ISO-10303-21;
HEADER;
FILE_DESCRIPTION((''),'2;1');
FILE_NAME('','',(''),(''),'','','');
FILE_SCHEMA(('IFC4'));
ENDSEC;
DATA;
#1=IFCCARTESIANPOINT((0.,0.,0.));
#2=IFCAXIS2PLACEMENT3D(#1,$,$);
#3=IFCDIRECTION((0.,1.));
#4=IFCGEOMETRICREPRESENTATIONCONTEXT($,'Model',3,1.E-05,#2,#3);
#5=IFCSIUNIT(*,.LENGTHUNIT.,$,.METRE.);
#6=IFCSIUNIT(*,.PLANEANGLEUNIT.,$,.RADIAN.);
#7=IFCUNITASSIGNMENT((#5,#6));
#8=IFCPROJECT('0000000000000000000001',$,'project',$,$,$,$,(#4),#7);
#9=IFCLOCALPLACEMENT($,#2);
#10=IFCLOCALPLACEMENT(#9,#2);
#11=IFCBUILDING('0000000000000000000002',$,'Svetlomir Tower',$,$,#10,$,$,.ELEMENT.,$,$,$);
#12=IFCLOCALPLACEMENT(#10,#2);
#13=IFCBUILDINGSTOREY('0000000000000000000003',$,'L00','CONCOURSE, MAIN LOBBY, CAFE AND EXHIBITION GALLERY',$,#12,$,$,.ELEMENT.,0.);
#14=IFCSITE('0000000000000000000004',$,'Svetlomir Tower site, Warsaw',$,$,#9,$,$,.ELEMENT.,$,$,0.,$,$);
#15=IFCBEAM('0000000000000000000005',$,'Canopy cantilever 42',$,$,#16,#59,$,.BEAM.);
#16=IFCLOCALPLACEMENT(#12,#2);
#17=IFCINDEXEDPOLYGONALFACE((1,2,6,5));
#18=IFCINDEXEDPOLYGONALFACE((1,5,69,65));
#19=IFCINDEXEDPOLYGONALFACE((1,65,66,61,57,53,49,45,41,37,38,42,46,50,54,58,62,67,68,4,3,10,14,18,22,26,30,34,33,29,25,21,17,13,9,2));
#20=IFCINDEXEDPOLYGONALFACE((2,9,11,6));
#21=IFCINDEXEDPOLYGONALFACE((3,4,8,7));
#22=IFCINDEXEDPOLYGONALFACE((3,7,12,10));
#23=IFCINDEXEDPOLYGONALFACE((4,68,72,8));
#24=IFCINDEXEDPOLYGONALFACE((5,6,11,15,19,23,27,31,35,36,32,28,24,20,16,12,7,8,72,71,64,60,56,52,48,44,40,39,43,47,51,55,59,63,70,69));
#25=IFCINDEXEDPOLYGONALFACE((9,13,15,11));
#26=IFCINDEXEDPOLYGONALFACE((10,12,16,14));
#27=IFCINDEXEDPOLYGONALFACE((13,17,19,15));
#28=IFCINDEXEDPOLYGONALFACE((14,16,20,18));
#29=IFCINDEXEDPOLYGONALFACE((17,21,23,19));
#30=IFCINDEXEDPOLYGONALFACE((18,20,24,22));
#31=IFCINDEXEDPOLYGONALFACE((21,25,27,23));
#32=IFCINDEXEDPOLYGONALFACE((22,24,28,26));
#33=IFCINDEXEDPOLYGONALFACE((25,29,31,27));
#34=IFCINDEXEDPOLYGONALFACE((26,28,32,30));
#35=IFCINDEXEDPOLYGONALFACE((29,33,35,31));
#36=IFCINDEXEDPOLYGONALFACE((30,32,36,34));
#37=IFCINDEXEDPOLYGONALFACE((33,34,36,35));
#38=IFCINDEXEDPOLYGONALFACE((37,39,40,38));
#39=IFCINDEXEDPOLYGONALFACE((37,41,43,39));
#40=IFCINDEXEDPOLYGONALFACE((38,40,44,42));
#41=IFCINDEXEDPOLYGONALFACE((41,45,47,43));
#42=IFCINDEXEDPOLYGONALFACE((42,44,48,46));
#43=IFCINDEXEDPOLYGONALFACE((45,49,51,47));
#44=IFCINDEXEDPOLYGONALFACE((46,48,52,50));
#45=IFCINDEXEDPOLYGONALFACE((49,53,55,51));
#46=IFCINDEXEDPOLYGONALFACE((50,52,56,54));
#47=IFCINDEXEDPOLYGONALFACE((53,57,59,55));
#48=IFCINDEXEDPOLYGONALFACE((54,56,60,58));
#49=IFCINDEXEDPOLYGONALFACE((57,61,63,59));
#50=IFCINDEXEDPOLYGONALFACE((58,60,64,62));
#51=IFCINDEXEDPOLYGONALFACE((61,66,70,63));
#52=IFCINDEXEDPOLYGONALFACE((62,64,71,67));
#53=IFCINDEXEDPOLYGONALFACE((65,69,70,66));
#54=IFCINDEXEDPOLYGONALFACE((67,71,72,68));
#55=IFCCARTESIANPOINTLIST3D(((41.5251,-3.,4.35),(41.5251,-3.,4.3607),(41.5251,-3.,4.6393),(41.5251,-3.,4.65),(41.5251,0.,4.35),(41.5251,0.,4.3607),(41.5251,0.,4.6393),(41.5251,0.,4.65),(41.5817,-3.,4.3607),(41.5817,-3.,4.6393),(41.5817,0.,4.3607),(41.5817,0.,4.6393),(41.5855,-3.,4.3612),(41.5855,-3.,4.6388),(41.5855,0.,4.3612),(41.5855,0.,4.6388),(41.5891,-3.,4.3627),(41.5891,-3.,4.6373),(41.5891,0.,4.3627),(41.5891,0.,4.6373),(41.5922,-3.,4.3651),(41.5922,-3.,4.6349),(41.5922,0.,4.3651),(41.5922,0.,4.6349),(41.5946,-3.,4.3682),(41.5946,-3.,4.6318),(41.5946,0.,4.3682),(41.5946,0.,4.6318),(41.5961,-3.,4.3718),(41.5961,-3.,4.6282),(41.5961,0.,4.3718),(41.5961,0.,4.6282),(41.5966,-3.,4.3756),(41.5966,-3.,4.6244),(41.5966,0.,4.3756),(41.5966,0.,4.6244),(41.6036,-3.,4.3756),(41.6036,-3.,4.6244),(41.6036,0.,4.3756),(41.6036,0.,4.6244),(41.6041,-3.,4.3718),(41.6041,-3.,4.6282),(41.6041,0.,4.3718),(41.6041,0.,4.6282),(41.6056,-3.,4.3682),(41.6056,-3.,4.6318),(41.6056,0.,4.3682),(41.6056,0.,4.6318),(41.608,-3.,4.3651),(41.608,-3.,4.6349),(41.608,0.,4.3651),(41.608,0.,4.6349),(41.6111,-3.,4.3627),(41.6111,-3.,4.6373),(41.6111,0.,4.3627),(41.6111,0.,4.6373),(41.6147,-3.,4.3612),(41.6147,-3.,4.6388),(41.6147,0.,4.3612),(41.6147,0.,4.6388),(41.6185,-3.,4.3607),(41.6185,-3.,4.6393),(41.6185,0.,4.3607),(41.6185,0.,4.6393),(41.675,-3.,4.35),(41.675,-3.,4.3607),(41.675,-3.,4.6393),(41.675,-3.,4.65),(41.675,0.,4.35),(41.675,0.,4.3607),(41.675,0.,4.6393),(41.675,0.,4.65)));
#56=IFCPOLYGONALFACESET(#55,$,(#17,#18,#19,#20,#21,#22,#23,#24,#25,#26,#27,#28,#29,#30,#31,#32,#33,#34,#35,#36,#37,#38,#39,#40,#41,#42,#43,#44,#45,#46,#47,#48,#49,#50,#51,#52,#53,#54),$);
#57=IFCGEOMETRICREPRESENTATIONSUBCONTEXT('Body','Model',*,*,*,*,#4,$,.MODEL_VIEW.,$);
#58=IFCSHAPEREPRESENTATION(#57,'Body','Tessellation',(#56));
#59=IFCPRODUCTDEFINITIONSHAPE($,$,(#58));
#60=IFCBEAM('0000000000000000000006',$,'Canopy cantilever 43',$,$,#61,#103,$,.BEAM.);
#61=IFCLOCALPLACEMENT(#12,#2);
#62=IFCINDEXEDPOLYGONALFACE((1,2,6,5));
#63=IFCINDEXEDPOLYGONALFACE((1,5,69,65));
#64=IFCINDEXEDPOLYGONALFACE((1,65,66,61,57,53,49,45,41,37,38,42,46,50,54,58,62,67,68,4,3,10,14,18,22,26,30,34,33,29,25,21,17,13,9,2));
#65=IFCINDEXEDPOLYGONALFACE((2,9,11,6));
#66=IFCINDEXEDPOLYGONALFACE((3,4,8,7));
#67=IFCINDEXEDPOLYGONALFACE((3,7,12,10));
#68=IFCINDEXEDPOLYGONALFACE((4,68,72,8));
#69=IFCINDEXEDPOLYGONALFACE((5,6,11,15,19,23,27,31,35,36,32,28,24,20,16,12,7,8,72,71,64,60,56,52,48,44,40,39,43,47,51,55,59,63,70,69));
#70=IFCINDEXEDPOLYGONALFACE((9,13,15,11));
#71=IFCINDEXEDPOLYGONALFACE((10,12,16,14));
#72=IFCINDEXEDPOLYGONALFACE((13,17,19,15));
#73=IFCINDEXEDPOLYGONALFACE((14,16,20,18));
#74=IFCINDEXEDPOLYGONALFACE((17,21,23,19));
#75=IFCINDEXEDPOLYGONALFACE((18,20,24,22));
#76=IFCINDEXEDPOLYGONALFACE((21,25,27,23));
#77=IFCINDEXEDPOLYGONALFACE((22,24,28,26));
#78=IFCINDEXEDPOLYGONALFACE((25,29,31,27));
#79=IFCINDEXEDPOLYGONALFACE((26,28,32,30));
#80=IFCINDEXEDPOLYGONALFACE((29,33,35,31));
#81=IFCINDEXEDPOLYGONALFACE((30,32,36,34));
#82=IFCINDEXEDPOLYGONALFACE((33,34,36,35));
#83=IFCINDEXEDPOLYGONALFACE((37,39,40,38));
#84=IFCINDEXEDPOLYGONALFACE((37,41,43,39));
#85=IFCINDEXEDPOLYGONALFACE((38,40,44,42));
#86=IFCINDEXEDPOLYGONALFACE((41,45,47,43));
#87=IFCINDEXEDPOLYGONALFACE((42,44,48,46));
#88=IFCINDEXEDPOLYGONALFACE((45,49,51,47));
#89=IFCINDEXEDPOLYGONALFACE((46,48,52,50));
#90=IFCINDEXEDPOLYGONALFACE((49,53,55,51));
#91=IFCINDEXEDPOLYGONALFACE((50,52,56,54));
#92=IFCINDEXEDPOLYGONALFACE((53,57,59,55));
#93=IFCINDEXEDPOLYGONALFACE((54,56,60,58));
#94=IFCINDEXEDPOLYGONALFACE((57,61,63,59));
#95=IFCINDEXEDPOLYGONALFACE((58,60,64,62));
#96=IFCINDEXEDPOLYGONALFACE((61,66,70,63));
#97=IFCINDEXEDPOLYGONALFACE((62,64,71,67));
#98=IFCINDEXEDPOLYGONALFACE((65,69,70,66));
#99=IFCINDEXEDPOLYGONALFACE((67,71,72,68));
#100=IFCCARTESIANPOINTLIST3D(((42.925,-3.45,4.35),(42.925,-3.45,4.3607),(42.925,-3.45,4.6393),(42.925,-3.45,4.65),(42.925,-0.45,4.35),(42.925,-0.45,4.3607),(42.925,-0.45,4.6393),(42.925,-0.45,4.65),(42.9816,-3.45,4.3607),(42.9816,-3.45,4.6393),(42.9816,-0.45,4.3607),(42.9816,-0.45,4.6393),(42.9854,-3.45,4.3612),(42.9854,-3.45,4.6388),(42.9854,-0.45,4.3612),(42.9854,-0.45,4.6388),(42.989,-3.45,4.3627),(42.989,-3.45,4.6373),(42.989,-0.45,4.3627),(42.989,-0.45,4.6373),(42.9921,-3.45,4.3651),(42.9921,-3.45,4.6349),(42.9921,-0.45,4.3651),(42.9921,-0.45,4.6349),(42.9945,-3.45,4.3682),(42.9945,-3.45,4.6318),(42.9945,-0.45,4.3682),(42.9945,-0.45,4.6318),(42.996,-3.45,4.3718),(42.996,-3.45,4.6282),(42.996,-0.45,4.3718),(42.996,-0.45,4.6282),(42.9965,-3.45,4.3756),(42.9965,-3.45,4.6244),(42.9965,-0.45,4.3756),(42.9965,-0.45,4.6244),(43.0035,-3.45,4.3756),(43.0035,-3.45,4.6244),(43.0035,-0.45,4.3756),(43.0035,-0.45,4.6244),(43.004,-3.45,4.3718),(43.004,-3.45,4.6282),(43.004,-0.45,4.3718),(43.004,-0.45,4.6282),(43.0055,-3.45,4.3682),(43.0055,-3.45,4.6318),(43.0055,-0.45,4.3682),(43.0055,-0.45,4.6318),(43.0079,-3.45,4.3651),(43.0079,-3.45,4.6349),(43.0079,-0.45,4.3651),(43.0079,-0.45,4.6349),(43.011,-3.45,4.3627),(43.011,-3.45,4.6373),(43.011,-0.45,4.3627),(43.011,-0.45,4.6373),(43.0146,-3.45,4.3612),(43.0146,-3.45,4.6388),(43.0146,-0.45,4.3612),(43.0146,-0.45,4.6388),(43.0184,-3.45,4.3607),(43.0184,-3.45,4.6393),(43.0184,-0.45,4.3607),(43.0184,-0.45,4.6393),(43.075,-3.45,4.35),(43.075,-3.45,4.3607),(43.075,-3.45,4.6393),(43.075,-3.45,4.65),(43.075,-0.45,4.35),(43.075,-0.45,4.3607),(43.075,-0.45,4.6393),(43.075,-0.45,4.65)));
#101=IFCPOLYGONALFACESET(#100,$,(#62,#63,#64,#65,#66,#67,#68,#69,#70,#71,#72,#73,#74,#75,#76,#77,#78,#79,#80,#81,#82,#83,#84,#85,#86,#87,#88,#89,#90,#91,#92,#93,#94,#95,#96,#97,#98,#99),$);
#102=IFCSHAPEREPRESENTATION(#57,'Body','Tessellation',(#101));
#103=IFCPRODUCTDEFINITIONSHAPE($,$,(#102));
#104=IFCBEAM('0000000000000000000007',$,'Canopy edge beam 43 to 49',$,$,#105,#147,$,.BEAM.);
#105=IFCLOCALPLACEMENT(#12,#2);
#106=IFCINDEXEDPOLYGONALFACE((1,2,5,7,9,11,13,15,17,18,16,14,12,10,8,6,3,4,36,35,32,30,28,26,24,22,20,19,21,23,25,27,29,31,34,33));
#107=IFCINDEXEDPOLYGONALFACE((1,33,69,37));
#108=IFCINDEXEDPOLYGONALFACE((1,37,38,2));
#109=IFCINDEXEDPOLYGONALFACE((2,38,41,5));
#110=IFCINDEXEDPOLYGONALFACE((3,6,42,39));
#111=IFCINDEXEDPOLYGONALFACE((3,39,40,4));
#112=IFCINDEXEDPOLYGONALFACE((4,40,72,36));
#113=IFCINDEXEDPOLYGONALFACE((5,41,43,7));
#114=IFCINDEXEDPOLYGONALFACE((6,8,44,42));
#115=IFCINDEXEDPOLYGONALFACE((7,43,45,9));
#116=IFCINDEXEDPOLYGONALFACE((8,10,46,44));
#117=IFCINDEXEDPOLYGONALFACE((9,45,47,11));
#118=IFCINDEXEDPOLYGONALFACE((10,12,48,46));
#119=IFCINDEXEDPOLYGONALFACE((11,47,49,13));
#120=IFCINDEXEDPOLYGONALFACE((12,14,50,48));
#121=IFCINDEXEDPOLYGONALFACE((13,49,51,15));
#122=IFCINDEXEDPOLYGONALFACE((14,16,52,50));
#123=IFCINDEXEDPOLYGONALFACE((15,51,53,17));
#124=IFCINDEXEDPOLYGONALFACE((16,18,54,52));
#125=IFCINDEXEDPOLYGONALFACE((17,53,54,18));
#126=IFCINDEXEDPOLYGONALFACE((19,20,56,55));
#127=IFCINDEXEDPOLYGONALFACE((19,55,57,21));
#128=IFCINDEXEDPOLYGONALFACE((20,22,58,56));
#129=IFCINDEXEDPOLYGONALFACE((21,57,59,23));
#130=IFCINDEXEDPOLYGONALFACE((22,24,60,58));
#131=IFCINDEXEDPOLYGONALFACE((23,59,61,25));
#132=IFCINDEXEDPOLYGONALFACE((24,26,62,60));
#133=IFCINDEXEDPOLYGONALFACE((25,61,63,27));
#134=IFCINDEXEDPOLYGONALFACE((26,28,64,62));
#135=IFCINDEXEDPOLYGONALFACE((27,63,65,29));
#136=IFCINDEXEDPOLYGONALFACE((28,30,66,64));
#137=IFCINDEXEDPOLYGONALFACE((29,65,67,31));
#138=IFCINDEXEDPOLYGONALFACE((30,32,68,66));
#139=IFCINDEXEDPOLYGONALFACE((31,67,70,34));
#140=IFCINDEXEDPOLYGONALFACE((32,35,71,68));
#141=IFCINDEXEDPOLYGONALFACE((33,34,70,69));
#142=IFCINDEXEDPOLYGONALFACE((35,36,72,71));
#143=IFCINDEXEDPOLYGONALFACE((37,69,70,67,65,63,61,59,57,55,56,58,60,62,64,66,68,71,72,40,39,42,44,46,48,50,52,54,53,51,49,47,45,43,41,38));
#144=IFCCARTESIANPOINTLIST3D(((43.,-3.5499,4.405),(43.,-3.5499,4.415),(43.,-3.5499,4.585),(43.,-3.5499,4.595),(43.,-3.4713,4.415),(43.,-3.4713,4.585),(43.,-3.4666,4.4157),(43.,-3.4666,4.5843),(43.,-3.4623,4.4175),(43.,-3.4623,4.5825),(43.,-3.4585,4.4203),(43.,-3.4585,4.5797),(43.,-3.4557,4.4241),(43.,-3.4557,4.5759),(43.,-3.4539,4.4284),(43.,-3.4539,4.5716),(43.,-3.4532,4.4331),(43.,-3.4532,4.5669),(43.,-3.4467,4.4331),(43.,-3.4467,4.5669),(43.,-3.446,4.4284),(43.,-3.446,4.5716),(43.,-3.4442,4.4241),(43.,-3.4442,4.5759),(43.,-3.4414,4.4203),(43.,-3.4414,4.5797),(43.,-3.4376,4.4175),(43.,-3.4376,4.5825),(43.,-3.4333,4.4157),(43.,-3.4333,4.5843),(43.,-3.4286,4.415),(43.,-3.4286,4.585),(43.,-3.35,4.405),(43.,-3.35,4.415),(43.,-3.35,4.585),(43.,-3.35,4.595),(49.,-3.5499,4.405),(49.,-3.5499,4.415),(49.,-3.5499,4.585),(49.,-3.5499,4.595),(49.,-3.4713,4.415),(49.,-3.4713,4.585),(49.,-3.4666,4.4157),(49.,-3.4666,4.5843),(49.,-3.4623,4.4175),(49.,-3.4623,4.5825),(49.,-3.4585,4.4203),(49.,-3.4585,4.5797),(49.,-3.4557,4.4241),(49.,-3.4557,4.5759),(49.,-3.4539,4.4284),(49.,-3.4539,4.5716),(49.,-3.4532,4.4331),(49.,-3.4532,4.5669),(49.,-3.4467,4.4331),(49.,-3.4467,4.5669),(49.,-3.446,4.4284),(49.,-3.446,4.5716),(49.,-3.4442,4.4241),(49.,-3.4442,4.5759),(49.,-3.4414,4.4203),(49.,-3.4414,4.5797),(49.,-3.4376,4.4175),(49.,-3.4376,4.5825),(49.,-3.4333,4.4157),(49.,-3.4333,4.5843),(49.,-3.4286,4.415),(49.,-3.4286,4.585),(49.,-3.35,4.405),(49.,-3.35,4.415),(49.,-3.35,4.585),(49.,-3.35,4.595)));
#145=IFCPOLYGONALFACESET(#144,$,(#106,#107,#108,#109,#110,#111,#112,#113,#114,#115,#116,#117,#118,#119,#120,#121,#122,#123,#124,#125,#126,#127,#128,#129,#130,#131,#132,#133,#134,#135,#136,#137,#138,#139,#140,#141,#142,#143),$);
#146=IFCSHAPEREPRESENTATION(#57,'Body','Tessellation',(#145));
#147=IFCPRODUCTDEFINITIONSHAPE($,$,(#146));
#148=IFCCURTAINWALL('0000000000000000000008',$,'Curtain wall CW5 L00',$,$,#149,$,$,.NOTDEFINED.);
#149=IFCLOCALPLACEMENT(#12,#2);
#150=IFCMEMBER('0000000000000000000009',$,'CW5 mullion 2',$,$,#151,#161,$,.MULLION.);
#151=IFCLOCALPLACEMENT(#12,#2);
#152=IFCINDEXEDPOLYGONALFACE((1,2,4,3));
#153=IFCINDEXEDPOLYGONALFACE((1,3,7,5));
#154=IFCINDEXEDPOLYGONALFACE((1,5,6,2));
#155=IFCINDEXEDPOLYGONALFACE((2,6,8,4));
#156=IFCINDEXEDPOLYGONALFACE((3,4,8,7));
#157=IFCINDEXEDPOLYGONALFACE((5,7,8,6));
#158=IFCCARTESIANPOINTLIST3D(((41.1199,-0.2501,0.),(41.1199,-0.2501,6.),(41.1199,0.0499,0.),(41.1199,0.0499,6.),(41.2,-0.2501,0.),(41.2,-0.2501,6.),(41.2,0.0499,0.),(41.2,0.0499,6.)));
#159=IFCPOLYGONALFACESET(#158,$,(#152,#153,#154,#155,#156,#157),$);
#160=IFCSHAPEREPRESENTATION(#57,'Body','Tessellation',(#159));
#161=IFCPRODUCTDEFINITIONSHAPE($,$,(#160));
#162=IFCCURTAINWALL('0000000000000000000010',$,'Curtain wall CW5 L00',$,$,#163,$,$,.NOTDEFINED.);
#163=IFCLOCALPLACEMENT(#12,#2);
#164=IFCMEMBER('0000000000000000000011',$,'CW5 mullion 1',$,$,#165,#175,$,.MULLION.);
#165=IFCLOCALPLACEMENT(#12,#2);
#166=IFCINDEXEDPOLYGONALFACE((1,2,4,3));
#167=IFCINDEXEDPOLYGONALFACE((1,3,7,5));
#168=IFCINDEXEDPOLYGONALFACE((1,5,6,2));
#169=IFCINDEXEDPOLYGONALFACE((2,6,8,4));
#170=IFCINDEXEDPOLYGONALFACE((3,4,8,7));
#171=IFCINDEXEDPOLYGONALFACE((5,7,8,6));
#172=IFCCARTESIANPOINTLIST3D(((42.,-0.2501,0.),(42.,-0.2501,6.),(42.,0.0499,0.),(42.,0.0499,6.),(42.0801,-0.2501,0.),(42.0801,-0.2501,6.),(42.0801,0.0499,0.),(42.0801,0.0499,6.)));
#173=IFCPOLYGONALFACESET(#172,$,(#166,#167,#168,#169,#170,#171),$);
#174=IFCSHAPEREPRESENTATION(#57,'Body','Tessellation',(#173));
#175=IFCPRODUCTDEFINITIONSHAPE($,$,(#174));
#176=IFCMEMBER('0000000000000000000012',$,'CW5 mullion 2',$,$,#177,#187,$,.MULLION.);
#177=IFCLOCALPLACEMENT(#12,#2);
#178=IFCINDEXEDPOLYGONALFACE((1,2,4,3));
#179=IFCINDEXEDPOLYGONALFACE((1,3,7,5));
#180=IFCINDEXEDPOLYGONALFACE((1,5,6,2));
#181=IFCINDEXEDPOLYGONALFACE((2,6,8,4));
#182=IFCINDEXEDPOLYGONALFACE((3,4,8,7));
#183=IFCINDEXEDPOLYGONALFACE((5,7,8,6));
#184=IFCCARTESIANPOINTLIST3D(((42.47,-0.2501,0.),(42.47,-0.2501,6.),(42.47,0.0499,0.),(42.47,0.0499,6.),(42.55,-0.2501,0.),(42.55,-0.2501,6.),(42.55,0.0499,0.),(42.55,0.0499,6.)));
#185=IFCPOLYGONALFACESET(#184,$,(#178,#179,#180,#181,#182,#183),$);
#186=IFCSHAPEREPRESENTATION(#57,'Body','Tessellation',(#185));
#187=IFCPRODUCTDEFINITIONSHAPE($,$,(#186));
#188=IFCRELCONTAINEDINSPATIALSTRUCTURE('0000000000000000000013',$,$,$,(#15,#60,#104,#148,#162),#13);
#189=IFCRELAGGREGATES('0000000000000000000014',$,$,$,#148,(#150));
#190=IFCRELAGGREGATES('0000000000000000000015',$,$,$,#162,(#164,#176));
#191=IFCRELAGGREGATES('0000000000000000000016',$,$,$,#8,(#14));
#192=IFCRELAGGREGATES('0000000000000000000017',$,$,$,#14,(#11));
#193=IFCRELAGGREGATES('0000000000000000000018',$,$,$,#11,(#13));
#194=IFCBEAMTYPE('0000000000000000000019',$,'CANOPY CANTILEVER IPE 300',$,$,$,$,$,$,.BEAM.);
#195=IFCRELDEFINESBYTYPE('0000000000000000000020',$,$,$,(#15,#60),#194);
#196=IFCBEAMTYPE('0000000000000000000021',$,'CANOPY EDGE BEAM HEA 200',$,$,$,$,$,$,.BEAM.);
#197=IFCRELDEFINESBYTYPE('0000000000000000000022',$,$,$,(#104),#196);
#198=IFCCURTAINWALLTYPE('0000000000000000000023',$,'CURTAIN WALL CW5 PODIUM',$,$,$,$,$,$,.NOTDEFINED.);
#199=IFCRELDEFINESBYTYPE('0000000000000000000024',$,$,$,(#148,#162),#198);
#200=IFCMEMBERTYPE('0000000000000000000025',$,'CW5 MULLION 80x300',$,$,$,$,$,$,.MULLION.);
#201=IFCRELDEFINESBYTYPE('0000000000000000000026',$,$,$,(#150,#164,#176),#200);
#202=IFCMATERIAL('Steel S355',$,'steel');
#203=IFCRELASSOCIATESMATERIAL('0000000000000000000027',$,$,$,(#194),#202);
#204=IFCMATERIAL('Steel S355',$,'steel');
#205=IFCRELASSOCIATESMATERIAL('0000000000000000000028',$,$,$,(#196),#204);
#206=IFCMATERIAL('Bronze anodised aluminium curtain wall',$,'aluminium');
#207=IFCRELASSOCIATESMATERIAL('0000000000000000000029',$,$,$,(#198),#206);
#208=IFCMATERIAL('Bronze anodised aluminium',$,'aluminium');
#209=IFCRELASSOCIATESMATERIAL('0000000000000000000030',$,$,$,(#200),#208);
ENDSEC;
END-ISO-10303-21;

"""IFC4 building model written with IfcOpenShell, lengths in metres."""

from ifc_helpers import new_model, si_unit, direction, frame, origin, origin_2d, place, context, subcontext, project, spatial, rectangle, i_section, extrude, material, material_profile, profile_set, type_object, element, aggregate, save


model = new_model("IFC4")

# Units and contexts
model_context = context("Model", 3, precision=1e-05, world=origin(), true_north=direction((0.0, 1.0)))
body_context = subcontext(model_context, "Body", "Model", "MODEL_VIEW")
ifc_project = project(units=[si_unit("LENGTHUNIT", "METRE"), si_unit("PLANEANGLEUNIT", "RADIAN")], contexts=[model_context])

# Site, building, storey
site_placement = place(None, origin())
site = spatial("IfcSite", under=ifc_project, at=site_placement, Name="Svetlomir Tower site, Warsaw", CompositionType="ELEMENT", RefElevation=0.0)
building_placement = place(site_placement, origin())
building = spatial("IfcBuilding", under=site, at=building_placement, Name="Svetlomir Tower", CompositionType="ELEMENT")
storey_placement = place(building_placement, origin())
storey = spatial("IfcBuildingStorey", under=building, at=storey_placement, Name="L00", Description="CONCOURSE, MAIN LOBBY, CAFE AND EXHIBITION GALLERY", CompositionType="ELEMENT", Elevation=0.0)

# Beams
ifc_material_1 = material(Name="Steel S355", Category="steel")
ifc_material_profile_1 = material_profile(ifc_material_1, i_section(OverallWidth=0.1499, OverallDepth=0.3, WebThickness=0.0071, FlangeThickness=0.0107, FilletRadius=0.0149, at=origin_2d()), Name="IPE 300")
ifc_profile_set_1 = profile_set([ifc_material_profile_1], Name="Steel S355")
beam_type_1 = type_object("IfcBeamType", Name="CANOPY CANTILEVER IPE 300", PredefinedType="BEAM", material=ifc_profile_set_1)
for number, where, z_axis, x_axis, name in (
    (1, (41.6001, 0.0, 4.5), (0.0, -1.0, 0.0), (1.0, 0.0, 0.0), "Canopy cantilever 42"),
    (2, (43.0, -0.45, 4.5), (0.0, -1.0, 0.0), (1.0, 0.0, 0.0), "Canopy cantilever 43"),
):
    element("IfcBeam", number, at=place(storey_placement, frame(where, z_axis=z_axis, x_axis=x_axis)), inside=storey, type_object=beam_type_1, Name=name, PredefinedType="BEAM", context=body_context, shape_type="SweptSolid", body=[
        extrude(i_section(OverallWidth=0.1499, OverallDepth=0.3, WebThickness=0.0071, FlangeThickness=0.0107, FilletRadius=0.0149, at=origin_2d()), origin(), (0.0, 0.0, 1.0), 3.0),
    ])
ifc_material_2 = material(Name="Steel S355", Category="steel")
ifc_material_profile_2 = material_profile(ifc_material_2, i_section(OverallWidth=0.2, OverallDepth=0.1899, WebThickness=0.0066, FlangeThickness=0.01, FilletRadius=0.0181, at=origin_2d()), Name="HEA 200")
ifc_profile_set_2 = profile_set([ifc_material_profile_2], Name="Steel S355")
beam_type_2 = type_object("IfcBeamType", Name="CANOPY EDGE BEAM HEA 200", PredefinedType="BEAM", material=ifc_profile_set_2)
beam_1_placement = place(storey_placement, frame((43.0, -3.45, 4.5), z_axis=(1.0, 0.0, 0.0), x_axis=(0.0, 1.0, 0.0)))
element("IfcBeam", 3, at=beam_1_placement, inside=storey, type_object=beam_type_2, Name="Canopy edge beam 43 to 49", PredefinedType="BEAM", context=body_context, shape_type="SweptSolid", body=[
    extrude(i_section(OverallWidth=0.2, OverallDepth=0.1899, WebThickness=0.0066, FlangeThickness=0.01, FilletRadius=0.0181, at=origin_2d()), origin(), (0.0, 0.0, 1.0), 6.0),
])

# Curtain wall, member
ifc_material_3 = material(Name="Bronze anodised aluminium curtain wall", Category="aluminium")
curtain_wall_type = type_object("IfcCurtainWallType", Name="CURTAIN WALL CW5 PODIUM", PredefinedType="NOTDEFINED", material=ifc_material_3)
curtain_wall_1_placement = place(storey_placement, origin())
curtain_wall_1 = element("IfcCurtainWall", 4, at=curtain_wall_1_placement, inside=storey, type_object=curtain_wall_type, Name="Curtain wall CW5 L00", PredefinedType="NOTDEFINED")
ifc_material_4 = material(Name="Bronze anodised aluminium", Category="aluminium")
ifc_material_profile_3 = material_profile(ifc_material_4, rectangle(XDim=0.0801, YDim=0.3, at=origin_2d()), Name="AL 80x300")
ifc_profile_set_3 = profile_set([ifc_material_profile_3], Name="Bronze anodised aluminium 6063-T6")
member_type_1 = type_object("IfcMemberType", Name="CW5 MULLION 80x300", PredefinedType="MULLION", material=ifc_profile_set_3)
member_1_placement = place(storey_placement, frame((41.1599, -0.1001, 0.0), z_axis=(0.0, 0.0, 1.0), x_axis=(1.0, 0.0, 0.0)))
member_1 = element("IfcMember", 5, at=member_1_placement, type_object=member_type_1, Name="CW5 mullion 2", PredefinedType="MULLION", context=body_context, shape_type="SweptSolid", body=[
    extrude(rectangle(XDim=0.0801, YDim=0.3, at=origin_2d()), origin(), (0.0, 0.0, 1.0), 6.0),
])

# Curtain wall, members
curtain_wall_2_placement = place(storey_placement, origin())
curtain_wall_2 = element("IfcCurtainWall", 6, at=curtain_wall_2_placement, inside=storey, type_object=curtain_wall_type, Name="Curtain wall CW5 L00", PredefinedType="NOTDEFINED")
member_2_placement = place(storey_placement, frame((42.04, -0.1001, 0.0), z_axis=(0.0, 0.0, 1.0), x_axis=(1.0, 0.0, 0.0)))
member_2 = element("IfcMember", 7, at=member_2_placement, type_object=member_type_1, Name="CW5 mullion 1", PredefinedType="MULLION", context=body_context, shape_type="SweptSolid", body=[
    extrude(rectangle(XDim=0.0801, YDim=0.3, at=origin_2d()), origin(), (0.0, 0.0, 1.0), 6.0),
])
member_3_placement = place(storey_placement, frame((42.51, -0.1001, 0.0), z_axis=(0.0, 0.0, 1.0), x_axis=(1.0, 0.0, 0.0)))
member_3 = element("IfcMember", 8, at=member_3_placement, type_object=member_type_1, Name="CW5 mullion 2", PredefinedType="MULLION", context=body_context, shape_type="SweptSolid", body=[
    extrude(rectangle(XDim=0.0801, YDim=0.3, at=origin_2d()), origin(), (0.0, 0.0, 1.0), 6.0),
])

aggregate(curtain_wall_1, [member_1])
aggregate(curtain_wall_2, [member_2, member_3])

save(model, "model.ifc")
